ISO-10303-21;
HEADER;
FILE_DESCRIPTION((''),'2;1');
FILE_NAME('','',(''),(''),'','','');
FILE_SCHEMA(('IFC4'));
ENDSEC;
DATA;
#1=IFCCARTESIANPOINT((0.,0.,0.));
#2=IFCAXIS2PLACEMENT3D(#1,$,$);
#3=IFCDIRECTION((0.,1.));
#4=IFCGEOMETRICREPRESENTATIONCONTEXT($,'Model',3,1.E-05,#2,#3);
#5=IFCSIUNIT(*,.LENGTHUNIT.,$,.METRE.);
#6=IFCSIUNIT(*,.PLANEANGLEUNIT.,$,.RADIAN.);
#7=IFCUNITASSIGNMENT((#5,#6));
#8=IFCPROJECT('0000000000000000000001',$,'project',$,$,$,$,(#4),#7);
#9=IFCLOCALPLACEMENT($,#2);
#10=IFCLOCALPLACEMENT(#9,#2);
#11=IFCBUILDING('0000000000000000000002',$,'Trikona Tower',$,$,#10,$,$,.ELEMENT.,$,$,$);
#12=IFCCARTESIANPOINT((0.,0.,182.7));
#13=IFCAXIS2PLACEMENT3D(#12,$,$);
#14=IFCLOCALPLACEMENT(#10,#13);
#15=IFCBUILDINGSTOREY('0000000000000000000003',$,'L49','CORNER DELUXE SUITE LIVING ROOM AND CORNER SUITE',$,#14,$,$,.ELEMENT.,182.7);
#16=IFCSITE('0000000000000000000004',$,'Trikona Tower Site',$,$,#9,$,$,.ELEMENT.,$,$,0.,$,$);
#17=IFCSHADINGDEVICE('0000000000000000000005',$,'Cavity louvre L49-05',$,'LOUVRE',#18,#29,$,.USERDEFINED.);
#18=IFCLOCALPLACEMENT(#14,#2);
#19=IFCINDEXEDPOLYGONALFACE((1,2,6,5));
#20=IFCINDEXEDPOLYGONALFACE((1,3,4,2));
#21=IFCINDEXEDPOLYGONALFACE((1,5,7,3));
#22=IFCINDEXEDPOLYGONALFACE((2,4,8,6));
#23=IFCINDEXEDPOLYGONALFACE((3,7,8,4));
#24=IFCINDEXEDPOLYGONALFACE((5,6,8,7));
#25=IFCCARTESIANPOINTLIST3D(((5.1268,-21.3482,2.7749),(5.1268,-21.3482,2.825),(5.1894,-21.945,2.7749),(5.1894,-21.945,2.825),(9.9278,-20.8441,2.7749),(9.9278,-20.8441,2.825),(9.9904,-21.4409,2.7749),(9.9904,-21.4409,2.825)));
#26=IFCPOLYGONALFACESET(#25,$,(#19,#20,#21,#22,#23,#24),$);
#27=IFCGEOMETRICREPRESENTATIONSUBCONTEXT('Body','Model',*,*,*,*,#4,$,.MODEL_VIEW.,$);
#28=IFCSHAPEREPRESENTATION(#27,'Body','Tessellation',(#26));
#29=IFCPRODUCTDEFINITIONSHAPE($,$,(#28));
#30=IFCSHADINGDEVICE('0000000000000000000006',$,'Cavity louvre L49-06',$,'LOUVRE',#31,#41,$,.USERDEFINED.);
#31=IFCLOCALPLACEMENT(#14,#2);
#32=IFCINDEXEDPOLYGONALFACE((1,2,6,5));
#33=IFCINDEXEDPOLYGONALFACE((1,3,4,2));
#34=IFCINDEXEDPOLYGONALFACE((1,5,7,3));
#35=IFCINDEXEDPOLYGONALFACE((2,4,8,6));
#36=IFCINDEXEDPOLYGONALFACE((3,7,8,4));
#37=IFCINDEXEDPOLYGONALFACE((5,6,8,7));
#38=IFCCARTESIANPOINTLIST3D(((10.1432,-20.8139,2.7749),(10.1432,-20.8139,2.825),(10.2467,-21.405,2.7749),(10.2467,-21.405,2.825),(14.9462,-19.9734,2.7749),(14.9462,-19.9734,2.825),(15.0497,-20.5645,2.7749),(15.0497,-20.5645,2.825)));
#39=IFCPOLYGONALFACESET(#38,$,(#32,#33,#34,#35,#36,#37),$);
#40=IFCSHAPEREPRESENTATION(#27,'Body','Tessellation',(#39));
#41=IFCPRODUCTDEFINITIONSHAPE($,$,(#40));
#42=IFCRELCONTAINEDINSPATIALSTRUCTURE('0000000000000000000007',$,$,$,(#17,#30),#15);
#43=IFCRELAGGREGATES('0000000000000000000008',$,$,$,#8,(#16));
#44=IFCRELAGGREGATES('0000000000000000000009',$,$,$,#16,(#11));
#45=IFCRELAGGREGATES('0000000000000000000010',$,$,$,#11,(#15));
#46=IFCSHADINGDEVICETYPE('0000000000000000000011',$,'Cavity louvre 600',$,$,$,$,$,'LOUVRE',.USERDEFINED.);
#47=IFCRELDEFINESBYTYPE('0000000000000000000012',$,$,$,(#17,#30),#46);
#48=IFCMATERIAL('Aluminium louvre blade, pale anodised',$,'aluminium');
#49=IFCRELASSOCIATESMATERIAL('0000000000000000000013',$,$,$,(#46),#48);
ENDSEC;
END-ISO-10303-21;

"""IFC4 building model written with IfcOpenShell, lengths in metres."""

from ifc_helpers import new_model, si_unit, direction, frame, origin, origin_2d, place, context, subcontext, project, spatial, rectangle, extrude, material, type_object, element, save


model = new_model("IFC4")

# Units and contexts
model_context = context("Model", 3, precision=1e-05, world=origin(), true_north=direction((0.0, 1.0)))
body_context = subcontext(model_context, "Body", "Model", "MODEL_VIEW")
ifc_project = project(units=[si_unit("LENGTHUNIT", "METRE"), si_unit("PLANEANGLEUNIT", "RADIAN")], contexts=[model_context])

# Site, building, storey
site_placement = place(None, origin())
site = spatial("IfcSite", under=ifc_project, at=site_placement, Name="Trikona Tower Site", CompositionType="ELEMENT", RefElevation=0.0)
building_placement = place(site_placement, origin())
building = spatial("IfcBuilding", under=site, at=building_placement, Name="Trikona Tower", CompositionType="ELEMENT")
storey_placement = place(building_placement, frame((0.0, 0.0, 182.7)))
storey = spatial("IfcBuildingStorey", under=building, at=storey_placement, Name="L49", Description="CORNER DELUXE SUITE LIVING ROOM AND CORNER SUITE", CompositionType="ELEMENT", Elevation=182.7)

# Shading devices
ifc_material_1 = material(Name="Aluminium louvre blade, pale anodised", Category="aluminium")
shading_device_type = type_object("IfcShadingDeviceType", Name="Cavity louvre 600", ElementType="LOUVRE", PredefinedType="USERDEFINED", material=ifc_material_1)
shading_device_1_placement = place(storey_placement, frame((7.5586, -21.3945, 2.7749), z_axis=(0.0, 0.0, 1.0), x_axis=(0.994533, 0.104426, 0.0)))
element("IfcShadingDevice", 1, at=shading_device_1_placement, inside=storey, type_object=shading_device_type, Name="Cavity louvre L49-05", ObjectType="LOUVRE", PredefinedType="USERDEFINED", context=body_context, shape_type="SweptSolid", body=[
    extrude(rectangle(XDim=4.8274, YDim=0.6001, at=origin_2d()), origin(), (0.0, 0.0, 1.0), 0.05),
])
shading_device_2_placement = place(storey_placement, frame((12.5964, -20.6892, 2.7749), z_axis=(0.0, 0.0, 1.0), x_axis=(0.985031, 0.17238, 0.0)))
element("IfcShadingDevice", 2, at=shading_device_2_placement, inside=storey, type_object=shading_device_type, Name="Cavity louvre L49-06", ObjectType="LOUVRE", PredefinedType="USERDEFINED", context=body_context, shape_type="SweptSolid", body=[
    extrude(rectangle(XDim=4.876, YDim=0.6001, at=origin_2d()), origin(), (0.0, 0.0, 1.0), 0.05),
])

save(model, "model.ifc")
